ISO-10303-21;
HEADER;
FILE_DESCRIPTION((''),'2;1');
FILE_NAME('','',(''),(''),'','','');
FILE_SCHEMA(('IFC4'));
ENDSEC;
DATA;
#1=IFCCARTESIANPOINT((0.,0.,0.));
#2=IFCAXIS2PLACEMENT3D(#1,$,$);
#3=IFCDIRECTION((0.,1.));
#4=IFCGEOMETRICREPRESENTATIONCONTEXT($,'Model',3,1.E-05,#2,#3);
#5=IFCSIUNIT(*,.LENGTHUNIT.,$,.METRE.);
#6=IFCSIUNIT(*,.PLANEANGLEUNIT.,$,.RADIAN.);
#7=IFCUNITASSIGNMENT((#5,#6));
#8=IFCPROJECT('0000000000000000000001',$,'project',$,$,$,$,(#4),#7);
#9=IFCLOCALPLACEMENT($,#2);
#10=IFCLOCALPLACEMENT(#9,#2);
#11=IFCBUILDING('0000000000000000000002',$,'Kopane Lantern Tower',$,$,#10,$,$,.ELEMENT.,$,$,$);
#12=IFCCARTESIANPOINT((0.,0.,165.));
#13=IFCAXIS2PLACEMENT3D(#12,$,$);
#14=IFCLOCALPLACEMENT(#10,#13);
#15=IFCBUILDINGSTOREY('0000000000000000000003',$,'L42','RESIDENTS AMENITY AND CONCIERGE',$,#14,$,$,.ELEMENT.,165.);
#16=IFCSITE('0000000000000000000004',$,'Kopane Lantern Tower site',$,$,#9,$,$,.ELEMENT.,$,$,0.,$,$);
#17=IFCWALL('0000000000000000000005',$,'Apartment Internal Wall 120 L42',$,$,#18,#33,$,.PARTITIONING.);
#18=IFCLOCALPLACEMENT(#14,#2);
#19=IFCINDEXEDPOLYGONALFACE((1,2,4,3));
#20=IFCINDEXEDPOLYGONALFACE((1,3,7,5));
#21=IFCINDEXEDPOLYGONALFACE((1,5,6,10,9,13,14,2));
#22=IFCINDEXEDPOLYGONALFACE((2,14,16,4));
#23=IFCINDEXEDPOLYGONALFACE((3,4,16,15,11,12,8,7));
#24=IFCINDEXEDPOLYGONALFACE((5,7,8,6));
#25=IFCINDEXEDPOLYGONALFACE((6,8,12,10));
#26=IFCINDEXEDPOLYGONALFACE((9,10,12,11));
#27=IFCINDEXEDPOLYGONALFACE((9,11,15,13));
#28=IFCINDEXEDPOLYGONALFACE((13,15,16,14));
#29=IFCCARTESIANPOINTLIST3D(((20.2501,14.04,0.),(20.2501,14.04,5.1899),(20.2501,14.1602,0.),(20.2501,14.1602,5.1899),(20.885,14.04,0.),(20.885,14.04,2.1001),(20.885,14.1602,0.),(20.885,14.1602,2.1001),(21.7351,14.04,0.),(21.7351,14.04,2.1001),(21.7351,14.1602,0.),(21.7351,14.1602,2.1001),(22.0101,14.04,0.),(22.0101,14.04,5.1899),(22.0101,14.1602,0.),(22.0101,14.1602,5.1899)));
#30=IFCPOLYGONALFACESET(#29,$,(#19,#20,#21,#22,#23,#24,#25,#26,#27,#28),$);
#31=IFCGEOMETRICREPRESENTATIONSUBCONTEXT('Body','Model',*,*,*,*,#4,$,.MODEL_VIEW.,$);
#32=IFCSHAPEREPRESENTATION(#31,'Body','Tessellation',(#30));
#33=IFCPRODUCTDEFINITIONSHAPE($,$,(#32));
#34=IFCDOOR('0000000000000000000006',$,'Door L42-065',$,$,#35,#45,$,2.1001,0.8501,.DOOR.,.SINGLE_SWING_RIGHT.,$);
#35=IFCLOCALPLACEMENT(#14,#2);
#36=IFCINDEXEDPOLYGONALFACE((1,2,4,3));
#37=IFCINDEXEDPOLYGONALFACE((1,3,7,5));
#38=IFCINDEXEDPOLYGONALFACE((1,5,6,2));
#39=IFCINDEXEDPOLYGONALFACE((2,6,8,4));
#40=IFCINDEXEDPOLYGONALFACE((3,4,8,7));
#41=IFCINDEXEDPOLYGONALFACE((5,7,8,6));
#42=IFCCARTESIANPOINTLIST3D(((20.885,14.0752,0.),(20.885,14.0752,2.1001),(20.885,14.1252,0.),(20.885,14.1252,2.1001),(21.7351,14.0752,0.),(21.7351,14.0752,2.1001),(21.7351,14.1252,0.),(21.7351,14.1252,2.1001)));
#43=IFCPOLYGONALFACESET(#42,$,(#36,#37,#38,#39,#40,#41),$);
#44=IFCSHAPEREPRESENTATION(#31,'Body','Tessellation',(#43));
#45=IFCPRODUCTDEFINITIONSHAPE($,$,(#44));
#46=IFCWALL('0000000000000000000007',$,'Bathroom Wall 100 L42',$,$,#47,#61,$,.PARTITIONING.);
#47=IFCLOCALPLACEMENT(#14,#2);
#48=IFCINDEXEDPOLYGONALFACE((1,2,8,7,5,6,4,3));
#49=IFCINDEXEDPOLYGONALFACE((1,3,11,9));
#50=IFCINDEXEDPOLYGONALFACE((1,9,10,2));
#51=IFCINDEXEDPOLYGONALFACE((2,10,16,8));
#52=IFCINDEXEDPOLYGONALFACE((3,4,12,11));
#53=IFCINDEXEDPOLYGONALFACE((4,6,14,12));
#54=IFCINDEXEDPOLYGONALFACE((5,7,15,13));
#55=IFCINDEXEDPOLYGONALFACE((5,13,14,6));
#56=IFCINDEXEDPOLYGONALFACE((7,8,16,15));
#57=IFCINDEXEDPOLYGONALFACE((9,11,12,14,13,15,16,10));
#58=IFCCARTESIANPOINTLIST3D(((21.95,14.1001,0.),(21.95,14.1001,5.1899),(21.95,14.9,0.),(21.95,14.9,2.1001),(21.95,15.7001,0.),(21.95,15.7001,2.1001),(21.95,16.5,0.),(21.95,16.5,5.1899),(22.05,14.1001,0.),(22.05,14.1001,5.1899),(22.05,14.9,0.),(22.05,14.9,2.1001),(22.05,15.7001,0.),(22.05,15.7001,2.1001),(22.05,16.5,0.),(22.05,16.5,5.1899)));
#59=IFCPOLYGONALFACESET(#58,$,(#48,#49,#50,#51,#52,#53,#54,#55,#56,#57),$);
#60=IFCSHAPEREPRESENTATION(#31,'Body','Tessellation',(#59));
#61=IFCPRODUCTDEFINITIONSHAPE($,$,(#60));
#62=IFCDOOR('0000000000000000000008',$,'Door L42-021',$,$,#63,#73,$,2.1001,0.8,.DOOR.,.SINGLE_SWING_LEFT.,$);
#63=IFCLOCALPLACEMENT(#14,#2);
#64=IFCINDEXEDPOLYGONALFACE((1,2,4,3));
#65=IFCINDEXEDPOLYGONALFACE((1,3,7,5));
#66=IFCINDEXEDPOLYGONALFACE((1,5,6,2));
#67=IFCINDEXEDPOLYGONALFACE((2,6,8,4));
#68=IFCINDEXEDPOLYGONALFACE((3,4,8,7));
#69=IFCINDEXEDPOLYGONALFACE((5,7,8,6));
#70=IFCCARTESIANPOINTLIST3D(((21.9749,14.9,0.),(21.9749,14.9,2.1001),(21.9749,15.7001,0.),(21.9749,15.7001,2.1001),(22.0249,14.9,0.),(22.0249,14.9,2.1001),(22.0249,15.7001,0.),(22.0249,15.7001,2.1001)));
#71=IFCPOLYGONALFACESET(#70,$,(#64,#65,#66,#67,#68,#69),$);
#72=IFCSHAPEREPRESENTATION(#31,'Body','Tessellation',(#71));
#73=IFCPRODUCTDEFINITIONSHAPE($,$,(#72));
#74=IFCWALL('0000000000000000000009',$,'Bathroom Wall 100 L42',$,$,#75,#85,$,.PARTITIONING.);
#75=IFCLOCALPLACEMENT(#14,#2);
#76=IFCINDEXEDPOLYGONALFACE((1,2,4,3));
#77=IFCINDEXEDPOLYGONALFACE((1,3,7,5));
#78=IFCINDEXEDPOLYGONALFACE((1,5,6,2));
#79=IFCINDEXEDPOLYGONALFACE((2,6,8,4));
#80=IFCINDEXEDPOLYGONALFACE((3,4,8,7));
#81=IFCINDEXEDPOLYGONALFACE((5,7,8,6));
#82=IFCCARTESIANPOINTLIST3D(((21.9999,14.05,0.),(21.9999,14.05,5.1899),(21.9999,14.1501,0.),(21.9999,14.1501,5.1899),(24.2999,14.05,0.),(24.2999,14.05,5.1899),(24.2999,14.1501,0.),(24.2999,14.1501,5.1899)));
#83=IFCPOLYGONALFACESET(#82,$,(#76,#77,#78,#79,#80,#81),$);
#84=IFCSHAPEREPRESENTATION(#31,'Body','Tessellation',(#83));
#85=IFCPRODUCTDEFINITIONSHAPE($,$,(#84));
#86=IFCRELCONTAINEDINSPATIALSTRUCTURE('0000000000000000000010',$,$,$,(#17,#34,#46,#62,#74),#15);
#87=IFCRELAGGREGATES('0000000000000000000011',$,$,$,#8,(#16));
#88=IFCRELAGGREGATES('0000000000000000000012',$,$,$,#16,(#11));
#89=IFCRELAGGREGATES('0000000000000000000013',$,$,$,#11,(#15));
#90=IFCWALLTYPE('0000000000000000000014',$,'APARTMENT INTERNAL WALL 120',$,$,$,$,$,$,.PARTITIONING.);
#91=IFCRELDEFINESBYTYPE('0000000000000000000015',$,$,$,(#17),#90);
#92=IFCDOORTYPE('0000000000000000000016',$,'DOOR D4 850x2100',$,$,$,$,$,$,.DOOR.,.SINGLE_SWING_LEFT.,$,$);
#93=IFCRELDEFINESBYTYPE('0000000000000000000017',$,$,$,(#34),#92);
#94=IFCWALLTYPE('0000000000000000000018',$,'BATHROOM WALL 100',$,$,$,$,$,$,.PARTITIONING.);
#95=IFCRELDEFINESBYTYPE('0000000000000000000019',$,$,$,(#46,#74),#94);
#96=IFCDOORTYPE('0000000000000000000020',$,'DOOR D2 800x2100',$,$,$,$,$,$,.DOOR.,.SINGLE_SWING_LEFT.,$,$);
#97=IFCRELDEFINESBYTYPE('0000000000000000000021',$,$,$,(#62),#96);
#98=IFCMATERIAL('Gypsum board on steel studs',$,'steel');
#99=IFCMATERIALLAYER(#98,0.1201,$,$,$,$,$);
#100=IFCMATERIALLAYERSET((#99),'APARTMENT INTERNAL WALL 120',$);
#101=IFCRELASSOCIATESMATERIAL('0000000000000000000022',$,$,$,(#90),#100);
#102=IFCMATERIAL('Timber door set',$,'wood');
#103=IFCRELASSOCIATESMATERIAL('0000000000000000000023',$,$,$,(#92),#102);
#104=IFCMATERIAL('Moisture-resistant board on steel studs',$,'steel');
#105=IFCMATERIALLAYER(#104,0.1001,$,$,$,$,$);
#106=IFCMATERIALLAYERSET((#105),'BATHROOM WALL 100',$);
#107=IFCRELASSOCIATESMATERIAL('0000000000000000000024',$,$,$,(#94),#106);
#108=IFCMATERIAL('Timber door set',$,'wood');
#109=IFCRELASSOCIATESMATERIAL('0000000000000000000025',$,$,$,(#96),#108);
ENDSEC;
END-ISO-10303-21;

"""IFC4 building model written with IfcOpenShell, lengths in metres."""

from ifc_helpers import new_model, si_unit, direction, frame, frame_2d, origin, place, context, subcontext, project, spatial, rectangle, extrude, material, layer, layer_set, type_object, element, fill, save


model = new_model("IFC4")

# Units and contexts
model_context = context("Model", 3, precision=1e-05, world=origin(), true_north=direction((0.0, 1.0)))
body_context = subcontext(model_context, "Body", "Model", "MODEL_VIEW")
ifc_project = project(units=[si_unit("LENGTHUNIT", "METRE"), si_unit("PLANEANGLEUNIT", "RADIAN")], contexts=[model_context])

# Site, building, storey
site_placement = place(None, origin())
site = spatial("IfcSite", under=ifc_project, at=site_placement, Name="Kopane Lantern Tower site", CompositionType="ELEMENT", RefElevation=0.0)
building_placement = place(site_placement, origin())
building = spatial("IfcBuilding", under=site, at=building_placement, Name="Kopane Lantern Tower", CompositionType="ELEMENT")
storey_placement = place(building_placement, frame((0.0, 0.0, 165.0)))
storey = spatial("IfcBuildingStorey", under=building, at=storey_placement, Name="L42", Description="RESIDENTS AMENITY AND CONCIERGE", CompositionType="ELEMENT", Elevation=165.0)

# Shared definitions
ifc_material_1 = material(Name="Gypsum board on steel studs", Category="steel")
ifc_layer_1 = layer(ifc_material_1, 0.1201)
ifc_layer_set_1 = layer_set([ifc_layer_1], Name="APARTMENT INTERNAL WALL 120")
wall_type_1 = type_object("IfcWallType", Name="APARTMENT INTERNAL WALL 120", PredefinedType="PARTITIONING", material=ifc_layer_set_1)

# Walls, openings, doors
wall_1_placement = place(storey_placement, frame((22.01, 14.1001, 0.0), z_axis=(0.0, 0.0, 1.0), x_axis=(-1.0, 0.0, 0.0)))
wall_1 = element("IfcWall", 1, at=wall_1_placement, inside=storey, type_object=wall_type_1, Name="Apartment Internal Wall 120 L42", PredefinedType="PARTITIONING", context=body_context, shape_type="SweptSolid", body=[
    extrude(rectangle(XDim=1.76, YDim=0.1201, at=frame_2d((0.8799, 0.0))), origin(), (0.0, 0.0, 1.0), 5.1899),
])
opening_1_placement = place(wall_1_placement, frame((0.2749, 0.0, 0.0)))
opening_1 = element("IfcOpeningElement", 2, at=opening_1_placement, cuts=wall_1, PredefinedType="OPENING", context=body_context, shape_type="SweptSolid", body=[
    extrude(rectangle(XDim=0.8501, YDim=2.1001, at=frame_2d((0.425, 1.05))), frame((0.0, 0.0701, 0.0), z_axis=(0.0, -1.0, 0.0), x_axis=(1.0, 0.0, 0.0)), (0.0, 0.0, 1.0), 0.1401),
])
ifc_material_2 = material(Name="Timber door set", Category="wood")
door_type_1 = type_object("IfcDoorType", Name="DOOR D4 850x2100", OperationType="SINGLE_SWING_LEFT", PredefinedType="DOOR", material=ifc_material_2)
door_1_placement = place(opening_1_placement, origin())
door_1 = element("IfcDoor", 3, at=door_1_placement, inside=storey, type_object=door_type_1, Name="Door L42-065", OperationType="SINGLE_SWING_RIGHT", OverallHeight=2.1001, OverallWidth=0.8501, PredefinedType="DOOR", context=body_context, shape_type="SweptSolid", body=[
    extrude(rectangle(XDim=0.8501, YDim=2.1001, at=frame_2d((0.425, 1.05))), frame((0.0, 0.0249, 0.0), z_axis=(0.0, -1.0, 0.0), x_axis=(1.0, 0.0, 0.0)), (0.0, 0.0, 1.0), 0.05),
])
fill(opening_1, door_1)
ifc_material_3 = material(Name="Moisture-resistant board on steel studs", Category="steel")
ifc_layer_2 = layer(ifc_material_3, 0.1001)
ifc_layer_set_2 = layer_set([ifc_layer_2], Name="BATHROOM WALL 100")
wall_type_2 = type_object("IfcWallType", Name="BATHROOM WALL 100", PredefinedType="PARTITIONING", material=ifc_layer_set_2)
wall_2_placement = place(storey_placement, frame((22.0, 16.5, 0.0), z_axis=(0.0, 0.0, 1.0), x_axis=(0.0, -1.0, 0.0)))
wall_2 = element("IfcWall", 4, at=wall_2_placement, inside=storey, type_object=wall_type_2, Name="Bathroom Wall 100 L42", PredefinedType="PARTITIONING", context=body_context, shape_type="SweptSolid", body=[
    extrude(rectangle(XDim=2.3999, YDim=0.1001, at=frame_2d((1.2, 0.0))), origin(), (0.0, 0.0, 1.0), 5.1899),
])
opening_2_placement = place(wall_2_placement, frame((0.8, 0.0, 0.0)))
opening_2 = element("IfcOpeningElement", 5, at=opening_2_placement, cuts=wall_2, PredefinedType="OPENING", context=body_context, shape_type="SweptSolid", body=[
    extrude(rectangle(XDim=0.8, YDim=2.1001, at=frame_2d((0.3999, 1.05))), frame((0.0, 0.0601, 0.0), z_axis=(0.0, -1.0, 0.0), x_axis=(1.0, 0.0, 0.0)), (0.0, 0.0, 1.0), 0.1201),
])
ifc_material_4 = material(Name="Timber door set", Category="wood")
door_type_2 = type_object("IfcDoorType", Name="DOOR D2 800x2100", OperationType="SINGLE_SWING_LEFT", PredefinedType="DOOR", material=ifc_material_4)
door_2_placement = place(opening_2_placement, origin())
door_2 = element("IfcDoor", 6, at=door_2_placement, inside=storey, type_object=door_type_2, Name="Door L42-021", OperationType="SINGLE_SWING_LEFT", OverallHeight=2.1001, OverallWidth=0.8, PredefinedType="DOOR", context=body_context, shape_type="SweptSolid", body=[
    extrude(rectangle(XDim=0.8, YDim=2.1001, at=frame_2d((0.3999, 1.05))), frame((0.0, 0.0249, 0.0), z_axis=(0.0, -1.0, 0.0), x_axis=(1.0, 0.0, 0.0)), (0.0, 0.0, 1.0), 0.05),
])
fill(opening_2, door_2)

# Wall
wall_3_placement = place(storey_placement, frame((22.0, 14.1001, 0.0), z_axis=(0.0, 0.0, 1.0), x_axis=(1.0, 0.0, 0.0)))
element("IfcWall", 7, at=wall_3_placement, inside=storey, type_object=wall_type_2, Name="Bathroom Wall 100 L42", PredefinedType="PARTITIONING", context=body_context, shape_type="SweptSolid", body=[
    extrude(rectangle(XDim=2.3, YDim=0.1001, at=frame_2d((1.1499, 0.0))), origin(), (0.0, 0.0, 1.0), 5.1899),
])

save(model, "model.ifc")
